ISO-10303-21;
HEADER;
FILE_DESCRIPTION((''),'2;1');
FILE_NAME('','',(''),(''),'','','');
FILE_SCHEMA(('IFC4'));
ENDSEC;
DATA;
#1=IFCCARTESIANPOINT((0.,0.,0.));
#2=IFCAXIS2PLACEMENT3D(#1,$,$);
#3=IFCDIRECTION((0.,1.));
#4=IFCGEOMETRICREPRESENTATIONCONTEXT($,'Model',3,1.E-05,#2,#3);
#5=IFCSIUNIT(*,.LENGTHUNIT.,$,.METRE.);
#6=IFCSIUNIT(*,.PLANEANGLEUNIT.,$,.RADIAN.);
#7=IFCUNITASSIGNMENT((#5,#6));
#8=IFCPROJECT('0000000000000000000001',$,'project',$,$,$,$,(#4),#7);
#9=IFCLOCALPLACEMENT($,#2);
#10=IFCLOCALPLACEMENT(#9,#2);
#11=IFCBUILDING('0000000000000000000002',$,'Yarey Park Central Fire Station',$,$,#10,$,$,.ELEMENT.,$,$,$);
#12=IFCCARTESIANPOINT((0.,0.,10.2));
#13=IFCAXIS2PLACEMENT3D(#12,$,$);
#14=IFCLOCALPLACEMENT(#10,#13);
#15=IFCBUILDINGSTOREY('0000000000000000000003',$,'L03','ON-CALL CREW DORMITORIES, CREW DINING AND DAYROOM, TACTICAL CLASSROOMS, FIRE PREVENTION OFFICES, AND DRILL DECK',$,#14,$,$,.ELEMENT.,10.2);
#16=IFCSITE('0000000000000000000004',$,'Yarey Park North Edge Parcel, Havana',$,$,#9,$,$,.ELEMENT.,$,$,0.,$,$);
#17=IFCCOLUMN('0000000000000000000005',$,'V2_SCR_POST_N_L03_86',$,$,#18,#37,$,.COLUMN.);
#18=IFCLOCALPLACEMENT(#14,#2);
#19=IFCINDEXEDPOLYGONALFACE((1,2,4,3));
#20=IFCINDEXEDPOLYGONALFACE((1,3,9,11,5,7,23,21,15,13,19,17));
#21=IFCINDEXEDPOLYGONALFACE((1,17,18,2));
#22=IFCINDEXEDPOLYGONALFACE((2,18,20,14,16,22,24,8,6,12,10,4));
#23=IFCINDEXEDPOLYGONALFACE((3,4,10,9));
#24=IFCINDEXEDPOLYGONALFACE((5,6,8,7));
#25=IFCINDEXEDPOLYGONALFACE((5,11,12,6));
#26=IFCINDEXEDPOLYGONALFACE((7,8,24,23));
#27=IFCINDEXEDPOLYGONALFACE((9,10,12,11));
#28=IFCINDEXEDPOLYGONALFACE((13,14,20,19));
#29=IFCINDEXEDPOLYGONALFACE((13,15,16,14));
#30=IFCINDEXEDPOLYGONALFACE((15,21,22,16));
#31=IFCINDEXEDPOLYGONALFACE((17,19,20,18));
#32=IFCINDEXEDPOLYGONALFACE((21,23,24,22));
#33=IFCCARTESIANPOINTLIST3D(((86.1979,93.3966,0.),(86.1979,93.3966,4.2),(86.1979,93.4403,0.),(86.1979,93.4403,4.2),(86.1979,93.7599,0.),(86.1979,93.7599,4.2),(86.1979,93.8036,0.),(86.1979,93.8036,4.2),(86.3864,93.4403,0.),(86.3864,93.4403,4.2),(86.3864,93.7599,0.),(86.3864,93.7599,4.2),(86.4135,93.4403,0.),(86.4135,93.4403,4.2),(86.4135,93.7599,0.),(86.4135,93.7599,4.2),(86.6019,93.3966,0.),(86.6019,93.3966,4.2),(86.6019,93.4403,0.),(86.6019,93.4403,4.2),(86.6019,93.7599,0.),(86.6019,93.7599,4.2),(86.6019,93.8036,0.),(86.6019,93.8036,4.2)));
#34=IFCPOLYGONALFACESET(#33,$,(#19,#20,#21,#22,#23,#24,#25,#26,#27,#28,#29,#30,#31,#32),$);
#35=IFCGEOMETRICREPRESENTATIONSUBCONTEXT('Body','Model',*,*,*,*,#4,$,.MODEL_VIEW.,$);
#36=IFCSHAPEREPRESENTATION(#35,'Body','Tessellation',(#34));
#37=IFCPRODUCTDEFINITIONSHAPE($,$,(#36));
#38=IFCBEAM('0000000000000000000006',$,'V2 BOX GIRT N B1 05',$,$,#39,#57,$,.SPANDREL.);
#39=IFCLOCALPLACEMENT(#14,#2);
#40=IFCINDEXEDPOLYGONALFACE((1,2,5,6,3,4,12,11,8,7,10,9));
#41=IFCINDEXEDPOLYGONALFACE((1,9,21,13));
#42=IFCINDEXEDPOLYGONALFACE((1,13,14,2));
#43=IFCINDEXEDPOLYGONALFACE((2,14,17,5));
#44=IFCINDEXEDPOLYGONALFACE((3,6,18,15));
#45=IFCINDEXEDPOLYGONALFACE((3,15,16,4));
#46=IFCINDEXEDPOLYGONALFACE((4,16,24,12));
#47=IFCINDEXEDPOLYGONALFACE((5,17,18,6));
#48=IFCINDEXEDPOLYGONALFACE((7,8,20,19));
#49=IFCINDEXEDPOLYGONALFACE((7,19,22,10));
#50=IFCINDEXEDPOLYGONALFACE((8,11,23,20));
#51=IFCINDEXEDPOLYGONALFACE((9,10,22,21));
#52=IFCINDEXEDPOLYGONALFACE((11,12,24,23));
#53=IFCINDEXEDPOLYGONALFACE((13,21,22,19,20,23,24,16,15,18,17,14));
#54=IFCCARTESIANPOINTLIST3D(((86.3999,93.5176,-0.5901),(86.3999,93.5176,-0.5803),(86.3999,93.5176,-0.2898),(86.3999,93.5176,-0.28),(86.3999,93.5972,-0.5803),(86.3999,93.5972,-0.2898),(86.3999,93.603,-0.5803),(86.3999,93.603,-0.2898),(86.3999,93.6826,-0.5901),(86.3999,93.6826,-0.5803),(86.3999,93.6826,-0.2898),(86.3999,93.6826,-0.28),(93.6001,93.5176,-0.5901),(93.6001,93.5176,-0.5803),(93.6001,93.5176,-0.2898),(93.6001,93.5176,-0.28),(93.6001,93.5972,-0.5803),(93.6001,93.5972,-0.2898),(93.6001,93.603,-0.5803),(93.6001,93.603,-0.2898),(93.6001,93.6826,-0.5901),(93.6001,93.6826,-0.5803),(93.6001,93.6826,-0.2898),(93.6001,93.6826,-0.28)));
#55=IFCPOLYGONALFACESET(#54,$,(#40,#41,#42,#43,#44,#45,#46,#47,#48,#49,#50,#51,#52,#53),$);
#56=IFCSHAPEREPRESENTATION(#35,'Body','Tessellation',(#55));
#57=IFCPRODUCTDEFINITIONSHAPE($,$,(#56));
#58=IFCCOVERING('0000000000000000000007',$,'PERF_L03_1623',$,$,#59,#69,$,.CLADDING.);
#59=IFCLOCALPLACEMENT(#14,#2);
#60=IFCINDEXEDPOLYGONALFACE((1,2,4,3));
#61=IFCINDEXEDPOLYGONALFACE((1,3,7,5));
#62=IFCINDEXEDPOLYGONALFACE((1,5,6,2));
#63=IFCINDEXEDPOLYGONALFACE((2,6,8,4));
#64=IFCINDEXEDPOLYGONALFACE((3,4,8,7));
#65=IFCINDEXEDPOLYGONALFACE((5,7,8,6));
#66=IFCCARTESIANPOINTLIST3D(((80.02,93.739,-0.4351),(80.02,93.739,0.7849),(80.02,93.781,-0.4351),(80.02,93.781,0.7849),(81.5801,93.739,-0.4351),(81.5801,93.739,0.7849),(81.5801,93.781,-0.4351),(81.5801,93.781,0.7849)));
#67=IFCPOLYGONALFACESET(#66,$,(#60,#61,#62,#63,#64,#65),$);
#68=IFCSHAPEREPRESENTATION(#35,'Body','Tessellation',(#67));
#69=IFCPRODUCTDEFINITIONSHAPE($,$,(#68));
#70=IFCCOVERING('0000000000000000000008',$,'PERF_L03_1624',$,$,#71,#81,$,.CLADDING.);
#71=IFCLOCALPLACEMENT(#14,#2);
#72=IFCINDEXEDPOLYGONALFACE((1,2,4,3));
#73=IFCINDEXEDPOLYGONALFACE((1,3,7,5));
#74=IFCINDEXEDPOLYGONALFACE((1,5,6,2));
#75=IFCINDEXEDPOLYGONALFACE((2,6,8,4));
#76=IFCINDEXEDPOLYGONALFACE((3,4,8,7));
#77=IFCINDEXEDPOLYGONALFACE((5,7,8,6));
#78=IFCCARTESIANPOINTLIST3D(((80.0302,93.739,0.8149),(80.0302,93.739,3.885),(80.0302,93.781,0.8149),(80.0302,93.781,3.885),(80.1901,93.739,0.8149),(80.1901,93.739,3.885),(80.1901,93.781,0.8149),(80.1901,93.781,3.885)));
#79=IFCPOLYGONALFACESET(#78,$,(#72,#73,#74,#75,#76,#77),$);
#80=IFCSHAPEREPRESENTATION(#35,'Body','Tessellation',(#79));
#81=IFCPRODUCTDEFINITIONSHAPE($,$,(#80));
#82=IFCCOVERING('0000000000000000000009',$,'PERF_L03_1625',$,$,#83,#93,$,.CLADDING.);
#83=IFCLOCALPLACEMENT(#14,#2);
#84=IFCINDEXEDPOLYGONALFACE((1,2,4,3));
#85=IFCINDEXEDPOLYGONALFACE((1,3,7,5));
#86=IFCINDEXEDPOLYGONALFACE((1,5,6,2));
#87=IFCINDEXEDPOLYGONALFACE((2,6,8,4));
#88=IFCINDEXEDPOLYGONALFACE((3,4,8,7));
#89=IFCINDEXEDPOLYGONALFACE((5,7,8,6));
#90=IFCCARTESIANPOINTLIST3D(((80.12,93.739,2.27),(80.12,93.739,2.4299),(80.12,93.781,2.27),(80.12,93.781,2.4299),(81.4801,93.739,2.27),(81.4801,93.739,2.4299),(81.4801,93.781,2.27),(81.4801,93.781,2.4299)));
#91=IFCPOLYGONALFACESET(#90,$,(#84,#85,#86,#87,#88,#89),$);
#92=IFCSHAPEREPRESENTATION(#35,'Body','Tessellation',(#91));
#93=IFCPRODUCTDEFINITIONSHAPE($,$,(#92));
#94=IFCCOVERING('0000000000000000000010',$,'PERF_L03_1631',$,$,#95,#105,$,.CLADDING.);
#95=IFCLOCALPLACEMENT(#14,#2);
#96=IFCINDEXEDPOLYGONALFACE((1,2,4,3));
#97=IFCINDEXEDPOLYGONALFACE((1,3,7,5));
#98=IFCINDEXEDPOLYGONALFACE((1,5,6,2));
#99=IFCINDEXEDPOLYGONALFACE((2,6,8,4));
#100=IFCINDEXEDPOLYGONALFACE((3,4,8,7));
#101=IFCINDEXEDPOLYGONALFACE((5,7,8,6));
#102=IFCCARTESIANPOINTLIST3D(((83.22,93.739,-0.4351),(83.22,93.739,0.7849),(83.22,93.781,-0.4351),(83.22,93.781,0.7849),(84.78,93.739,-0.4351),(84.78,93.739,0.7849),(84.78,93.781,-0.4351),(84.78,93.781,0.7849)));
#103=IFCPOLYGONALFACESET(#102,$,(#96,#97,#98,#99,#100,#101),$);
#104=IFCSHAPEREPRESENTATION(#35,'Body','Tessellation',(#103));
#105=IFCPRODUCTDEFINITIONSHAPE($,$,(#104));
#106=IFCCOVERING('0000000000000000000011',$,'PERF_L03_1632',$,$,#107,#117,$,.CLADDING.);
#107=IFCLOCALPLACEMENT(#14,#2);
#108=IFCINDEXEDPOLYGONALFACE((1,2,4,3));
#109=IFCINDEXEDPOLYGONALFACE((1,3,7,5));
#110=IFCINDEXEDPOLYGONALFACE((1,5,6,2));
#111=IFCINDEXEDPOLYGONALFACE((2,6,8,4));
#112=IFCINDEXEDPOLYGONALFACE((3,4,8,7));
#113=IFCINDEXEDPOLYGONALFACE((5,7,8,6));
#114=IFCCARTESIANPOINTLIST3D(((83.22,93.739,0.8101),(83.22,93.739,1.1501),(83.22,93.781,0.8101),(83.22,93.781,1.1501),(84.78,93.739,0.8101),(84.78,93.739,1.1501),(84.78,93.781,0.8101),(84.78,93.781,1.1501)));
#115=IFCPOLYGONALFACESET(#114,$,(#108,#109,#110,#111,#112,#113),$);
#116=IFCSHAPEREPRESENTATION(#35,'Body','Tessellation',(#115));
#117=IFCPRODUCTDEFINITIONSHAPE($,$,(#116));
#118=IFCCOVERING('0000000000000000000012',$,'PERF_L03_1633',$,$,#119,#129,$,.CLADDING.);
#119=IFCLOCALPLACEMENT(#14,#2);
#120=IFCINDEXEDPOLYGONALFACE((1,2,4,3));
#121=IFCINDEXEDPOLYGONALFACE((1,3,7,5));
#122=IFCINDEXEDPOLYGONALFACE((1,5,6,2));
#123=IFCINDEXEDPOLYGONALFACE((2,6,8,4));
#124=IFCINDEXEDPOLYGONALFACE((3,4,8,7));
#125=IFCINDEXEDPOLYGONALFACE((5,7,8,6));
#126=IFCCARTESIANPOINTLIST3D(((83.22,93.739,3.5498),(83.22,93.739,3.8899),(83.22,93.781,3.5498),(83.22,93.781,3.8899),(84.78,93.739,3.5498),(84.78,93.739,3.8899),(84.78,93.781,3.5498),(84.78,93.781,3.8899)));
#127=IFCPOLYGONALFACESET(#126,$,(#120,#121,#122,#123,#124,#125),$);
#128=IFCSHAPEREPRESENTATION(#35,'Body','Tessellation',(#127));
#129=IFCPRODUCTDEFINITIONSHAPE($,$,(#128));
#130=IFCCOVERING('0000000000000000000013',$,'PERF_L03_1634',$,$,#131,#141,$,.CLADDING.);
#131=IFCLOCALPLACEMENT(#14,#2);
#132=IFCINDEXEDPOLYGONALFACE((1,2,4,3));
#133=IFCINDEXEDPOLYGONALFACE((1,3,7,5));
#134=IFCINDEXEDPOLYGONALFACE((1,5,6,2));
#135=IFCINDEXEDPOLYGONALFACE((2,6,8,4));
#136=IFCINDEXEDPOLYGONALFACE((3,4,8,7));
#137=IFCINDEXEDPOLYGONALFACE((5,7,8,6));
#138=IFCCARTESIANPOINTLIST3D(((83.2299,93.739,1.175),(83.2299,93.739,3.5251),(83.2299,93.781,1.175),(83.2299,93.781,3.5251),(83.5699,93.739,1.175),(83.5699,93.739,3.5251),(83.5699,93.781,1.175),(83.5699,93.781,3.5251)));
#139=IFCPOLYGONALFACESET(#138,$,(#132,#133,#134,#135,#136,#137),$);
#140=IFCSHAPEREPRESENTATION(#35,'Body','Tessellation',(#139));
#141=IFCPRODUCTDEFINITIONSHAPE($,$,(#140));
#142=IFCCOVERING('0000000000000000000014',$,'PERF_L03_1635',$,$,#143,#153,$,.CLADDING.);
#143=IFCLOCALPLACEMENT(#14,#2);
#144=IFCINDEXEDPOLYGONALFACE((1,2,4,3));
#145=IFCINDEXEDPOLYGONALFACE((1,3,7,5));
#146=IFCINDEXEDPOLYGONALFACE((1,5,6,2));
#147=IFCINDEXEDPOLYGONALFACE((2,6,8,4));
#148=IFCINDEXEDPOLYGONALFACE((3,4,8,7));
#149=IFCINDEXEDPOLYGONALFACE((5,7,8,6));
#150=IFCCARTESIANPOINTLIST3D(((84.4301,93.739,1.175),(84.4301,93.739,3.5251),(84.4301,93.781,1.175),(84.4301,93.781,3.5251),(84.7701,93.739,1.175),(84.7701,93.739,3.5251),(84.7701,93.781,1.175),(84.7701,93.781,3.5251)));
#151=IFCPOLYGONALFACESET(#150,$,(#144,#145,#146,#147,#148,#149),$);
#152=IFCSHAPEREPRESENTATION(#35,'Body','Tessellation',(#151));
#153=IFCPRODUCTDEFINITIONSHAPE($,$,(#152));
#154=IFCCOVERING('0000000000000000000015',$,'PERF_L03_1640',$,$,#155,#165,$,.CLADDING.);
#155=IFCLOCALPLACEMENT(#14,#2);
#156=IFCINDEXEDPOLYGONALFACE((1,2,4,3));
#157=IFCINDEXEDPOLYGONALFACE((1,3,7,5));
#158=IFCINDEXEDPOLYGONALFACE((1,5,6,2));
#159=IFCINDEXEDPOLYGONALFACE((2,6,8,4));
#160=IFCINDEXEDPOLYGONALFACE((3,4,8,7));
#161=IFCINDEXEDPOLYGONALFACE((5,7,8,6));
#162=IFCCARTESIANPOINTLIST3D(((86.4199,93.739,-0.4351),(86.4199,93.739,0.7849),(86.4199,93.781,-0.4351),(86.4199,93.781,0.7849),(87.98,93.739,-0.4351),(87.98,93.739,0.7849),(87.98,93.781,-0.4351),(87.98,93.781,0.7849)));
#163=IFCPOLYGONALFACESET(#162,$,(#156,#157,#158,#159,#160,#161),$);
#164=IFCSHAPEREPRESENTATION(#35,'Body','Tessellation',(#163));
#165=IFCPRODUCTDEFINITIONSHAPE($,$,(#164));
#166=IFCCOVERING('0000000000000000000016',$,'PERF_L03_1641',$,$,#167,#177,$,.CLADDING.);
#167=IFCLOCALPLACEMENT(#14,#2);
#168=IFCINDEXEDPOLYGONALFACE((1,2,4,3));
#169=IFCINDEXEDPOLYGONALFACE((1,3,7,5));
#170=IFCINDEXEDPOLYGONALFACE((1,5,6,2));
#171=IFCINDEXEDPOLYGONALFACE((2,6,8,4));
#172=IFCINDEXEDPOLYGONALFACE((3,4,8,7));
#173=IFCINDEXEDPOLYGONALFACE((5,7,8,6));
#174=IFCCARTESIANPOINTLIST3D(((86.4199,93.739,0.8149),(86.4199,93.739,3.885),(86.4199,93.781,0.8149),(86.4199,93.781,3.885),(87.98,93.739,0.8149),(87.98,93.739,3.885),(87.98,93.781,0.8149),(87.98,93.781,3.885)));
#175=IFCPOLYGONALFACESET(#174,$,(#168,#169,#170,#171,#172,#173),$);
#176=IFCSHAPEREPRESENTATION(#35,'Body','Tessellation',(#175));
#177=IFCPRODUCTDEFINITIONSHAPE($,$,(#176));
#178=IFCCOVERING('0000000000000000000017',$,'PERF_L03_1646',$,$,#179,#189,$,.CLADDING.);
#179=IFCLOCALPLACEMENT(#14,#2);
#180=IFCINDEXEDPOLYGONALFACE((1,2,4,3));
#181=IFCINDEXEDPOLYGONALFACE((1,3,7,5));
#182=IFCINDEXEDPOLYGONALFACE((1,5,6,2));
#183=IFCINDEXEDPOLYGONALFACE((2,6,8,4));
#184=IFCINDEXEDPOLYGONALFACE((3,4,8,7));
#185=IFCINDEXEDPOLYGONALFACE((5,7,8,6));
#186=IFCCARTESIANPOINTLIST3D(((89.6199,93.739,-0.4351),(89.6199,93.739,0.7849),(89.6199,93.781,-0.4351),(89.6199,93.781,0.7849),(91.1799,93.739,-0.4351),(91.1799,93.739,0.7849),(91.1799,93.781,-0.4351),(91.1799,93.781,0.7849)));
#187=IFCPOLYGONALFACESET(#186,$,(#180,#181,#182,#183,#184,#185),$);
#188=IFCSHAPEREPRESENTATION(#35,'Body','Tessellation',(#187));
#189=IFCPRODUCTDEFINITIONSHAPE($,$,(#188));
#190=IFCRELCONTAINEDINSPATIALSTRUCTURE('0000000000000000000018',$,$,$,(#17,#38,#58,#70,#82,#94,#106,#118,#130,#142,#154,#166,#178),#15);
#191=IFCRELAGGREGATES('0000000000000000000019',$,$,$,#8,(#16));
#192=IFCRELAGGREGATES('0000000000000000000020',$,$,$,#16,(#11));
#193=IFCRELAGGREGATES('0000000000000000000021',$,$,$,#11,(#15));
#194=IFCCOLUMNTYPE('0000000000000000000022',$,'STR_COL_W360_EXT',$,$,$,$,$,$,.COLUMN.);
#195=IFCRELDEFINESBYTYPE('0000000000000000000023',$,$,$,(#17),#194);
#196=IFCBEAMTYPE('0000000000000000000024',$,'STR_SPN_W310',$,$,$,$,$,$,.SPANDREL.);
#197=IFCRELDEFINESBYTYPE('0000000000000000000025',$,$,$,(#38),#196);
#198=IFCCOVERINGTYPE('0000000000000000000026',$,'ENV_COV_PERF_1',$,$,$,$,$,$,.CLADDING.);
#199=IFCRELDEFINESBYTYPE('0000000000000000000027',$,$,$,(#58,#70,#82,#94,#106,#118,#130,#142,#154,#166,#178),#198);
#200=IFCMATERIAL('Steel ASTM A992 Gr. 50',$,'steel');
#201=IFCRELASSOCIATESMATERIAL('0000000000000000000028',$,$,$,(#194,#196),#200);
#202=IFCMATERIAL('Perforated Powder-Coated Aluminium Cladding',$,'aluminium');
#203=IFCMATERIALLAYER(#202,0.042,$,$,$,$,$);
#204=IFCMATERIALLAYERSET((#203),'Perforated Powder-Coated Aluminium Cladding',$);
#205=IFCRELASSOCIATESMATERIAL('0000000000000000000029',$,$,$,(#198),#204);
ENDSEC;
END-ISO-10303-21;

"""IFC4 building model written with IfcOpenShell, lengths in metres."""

from ifc_helpers import new_model, si_unit, direction, frame, origin, origin_2d, place, context, subcontext, project, spatial, rectangle, i_section, extrude, material, layer, layer_set, material_profile, profile_set, type_object, element, save


model = new_model("IFC4")

# Units and contexts
model_context = context("Model", 3, precision=1e-05, world=origin(), true_north=direction((0.0, 1.0)))
body_context = subcontext(model_context, "Body", "Model", "MODEL_VIEW")
ifc_project = project(units=[si_unit("LENGTHUNIT", "METRE"), si_unit("PLANEANGLEUNIT", "RADIAN")], contexts=[model_context])

# Site, building, storey
site_placement = place(None, origin())
site = spatial("IfcSite", under=ifc_project, at=site_placement, Name="Yarey Park North Edge Parcel, Havana", CompositionType="ELEMENT", RefElevation=0.0)
building_placement = place(site_placement, origin())
building = spatial("IfcBuilding", under=site, at=building_placement, Name="Yarey Park Central Fire Station", CompositionType="ELEMENT")
storey_placement = place(building_placement, frame((0.0, 0.0, 10.2)))
storey = spatial("IfcBuildingStorey", under=building, at=storey_placement, Name="L03", Description="ON-CALL CREW DORMITORIES, CREW DINING AND DAYROOM, TACTICAL CLASSROOMS, FIRE PREVENTION OFFICES, AND DRILL DECK", CompositionType="ELEMENT", Elevation=10.2)

# Column
ifc_material_1 = material(Name="Steel ASTM A992 Gr. 50", Category="steel")
ifc_material_profile_1 = material_profile(ifc_material_1, i_section(OverallWidth=0.4041, OverallDepth=0.407, WebThickness=0.0271, FlangeThickness=0.0437, at=origin_2d()), Name="W360x347")
ifc_profile_set_1 = profile_set([ifc_material_profile_1], Name="Steel ASTM A992 Gr. 50")
column_type = type_object("IfcColumnType", Name="STR_COL_W360_EXT", PredefinedType="COLUMN", material=ifc_profile_set_1)
column_placement = place(storey_placement, frame((86.3999, 93.6001, 0.0), z_axis=(0.0, 0.0, 1.0), x_axis=(1.0, 0.0, 0.0)))
element("IfcColumn", 1, at=column_placement, inside=storey, type_object=column_type, Name="V2_SCR_POST_N_L03_86", PredefinedType="COLUMN", context=body_context, shape_type="SweptSolid", body=[
    extrude(i_section(OverallWidth=0.4041, OverallDepth=0.407, WebThickness=0.0271, FlangeThickness=0.0437, at=origin_2d()), origin(), (0.0, 0.0, 1.0), 4.2),
])

# Beam
ifc_material_profile_2 = material_profile(ifc_material_1, i_section(OverallWidth=0.165, OverallDepth=0.3101, WebThickness=0.0059, FlangeThickness=0.0098, at=origin_2d()), Name="W310x39")
ifc_profile_set_2 = profile_set([ifc_material_profile_2], Name="Steel ASTM A992 Gr. 50")
beam_type = type_object("IfcBeamType", Name="STR_SPN_W310", PredefinedType="SPANDREL", material=ifc_profile_set_2)
beam_placement = place(storey_placement, frame((86.3999, 93.6001, -0.4351), z_axis=(1.0, 0.0, 0.0), x_axis=(0.0, 1.0, 0.0)))
element("IfcBeam", 2, at=beam_placement, inside=storey, type_object=beam_type, Name="V2 BOX GIRT N B1 05", PredefinedType="SPANDREL", context=body_context, shape_type="SweptSolid", body=[
    extrude(i_section(OverallWidth=0.165, OverallDepth=0.3101, WebThickness=0.0059, FlangeThickness=0.0098, at=origin_2d()), origin(), (0.0, 0.0, 1.0), 7.2002),
])

# Coverings
ifc_material_2 = material(Name="Perforated Powder-Coated Aluminium Cladding", Category="aluminium")
ifc_layer_1 = layer(ifc_material_2, 0.042)
ifc_layer_set_1 = layer_set([ifc_layer_1], Name="Perforated Powder-Coated Aluminium Cladding")
covering_type_1 = type_object("IfcCoveringType", Name="ENV_COV_PERF_1", PredefinedType="CLADDING", material=ifc_layer_set_1)
covering_1_placement = place(storey_placement, frame((80.8, 93.76, -0.4351), z_axis=(0.0, 0.0, 1.0), x_axis=(1.0, 0.0, 0.0)))
element("IfcCovering", 3, at=covering_1_placement, inside=storey, type_object=covering_type_1, Name="PERF_L03_1623", PredefinedType="CLADDING", context=body_context, shape_type="SweptSolid", body=[
    extrude(rectangle(XDim=1.5601, YDim=0.042, at=origin_2d()), origin(), (0.0, 0.0, 1.0), 1.22),
])
covering_2_placement = place(storey_placement, frame((80.1101, 93.76, 0.8149), z_axis=(0.0, 0.0, 1.0), x_axis=(1.0, 0.0, 0.0)))
element("IfcCovering", 4, at=covering_2_placement, inside=storey, type_object=covering_type_1, Name="PERF_L03_1624", PredefinedType="CLADDING", context=body_context, shape_type="SweptSolid", body=[
    extrude(rectangle(XDim=0.1599, YDim=0.042, at=origin_2d()), origin(), (0.0, 0.0, 1.0), 3.0701),
])
covering_3_placement = place(storey_placement, frame((80.8, 93.76, 2.27), z_axis=(0.0, 0.0, 1.0), x_axis=(1.0, 0.0, 0.0)))
element("IfcCovering", 5, at=covering_3_placement, inside=storey, type_object=covering_type_1, Name="PERF_L03_1625", PredefinedType="CLADDING", context=body_context, shape_type="SweptSolid", body=[
    extrude(rectangle(XDim=1.3601, YDim=0.042, at=origin_2d()), origin(), (0.0, 0.0, 1.0), 0.1599),
])
covering_4_placement = place(storey_placement, frame((84.0, 93.76, -0.4351), z_axis=(0.0, 0.0, 1.0), x_axis=(1.0, 0.0, 0.0)))
element("IfcCovering", 6, at=covering_4_placement, inside=storey, type_object=covering_type_1, Name="PERF_L03_1631", PredefinedType="CLADDING", context=body_context, shape_type="SweptSolid", body=[
    extrude(rectangle(XDim=1.5601, YDim=0.042, at=origin_2d()), origin(), (0.0, 0.0, 1.0), 1.22),
])
for number, where, z_axis, x_axis, name in (
    (7, (84.0, 93.76, 0.8101), (0.0, 0.0, 1.0), (1.0, 0.0, 0.0), "PERF_L03_1632"),
    (8, (84.0, 93.76, 3.5498), (0.0, 0.0, 1.0), (1.0, 0.0, 0.0), "PERF_L03_1633"),
):
    element("IfcCovering", number, at=place(storey_placement, frame(where, z_axis=z_axis, x_axis=x_axis)), inside=storey, type_object=covering_type_1, Name=name, PredefinedType="CLADDING", context=body_context, shape_type="SweptSolid", body=[
        extrude(rectangle(XDim=1.5601, YDim=0.042, at=origin_2d()), origin(), (0.0, 0.0, 1.0), 0.3401),
    ])
for number, where, z_axis, x_axis, name in (
    (9, (83.3999, 93.76, 1.175), (0.0, 0.0, 1.0), (1.0, 0.0, 0.0), "PERF_L03_1634"),
    (10, (84.6001, 93.76, 1.175), (0.0, 0.0, 1.0), (1.0, 0.0, 0.0), "PERF_L03_1635"),
):
    element("IfcCovering", number, at=place(storey_placement, frame(where, z_axis=z_axis, x_axis=x_axis)), inside=storey, type_object=covering_type_1, Name=name, PredefinedType="CLADDING", context=body_context, shape_type="SweptSolid", body=[
        extrude(rectangle(XDim=0.3401, YDim=0.042, at=origin_2d()), origin(), (0.0, 0.0, 1.0), 2.3501),
    ])
covering_5_placement = place(storey_placement, frame((87.2, 93.76, -0.4351), z_axis=(0.0, 0.0, 1.0), x_axis=(1.0, 0.0, 0.0)))
element("IfcCovering", 11, at=covering_5_placement, inside=storey, type_object=covering_type_1, Name="PERF_L03_1640", PredefinedType="CLADDING", context=body_context, shape_type="SweptSolid", body=[
    extrude(rectangle(XDim=1.5601, YDim=0.042, at=origin_2d()), origin(), (0.0, 0.0, 1.0), 1.22),
])
covering_6_placement = place(storey_placement, frame((87.2, 93.76, 0.8149), z_axis=(0.0, 0.0, 1.0), x_axis=(1.0, 0.0, 0.0)))
element("IfcCovering", 12, at=covering_6_placement, inside=storey, type_object=covering_type_1, Name="PERF_L03_1641", PredefinedType="CLADDING", context=body_context, shape_type="SweptSolid", body=[
    extrude(rectangle(XDim=1.5601, YDim=0.042, at=origin_2d()), origin(), (0.0, 0.0, 1.0), 3.0701),
])
covering_7_placement = place(storey_placement, frame((90.3999, 93.76, -0.4351), z_axis=(0.0, 0.0, 1.0), x_axis=(1.0, 0.0, 0.0)))
element("IfcCovering", 13, at=covering_7_placement, inside=storey, type_object=covering_type_1, Name="PERF_L03_1646", PredefinedType="CLADDING", context=body_context, shape_type="SweptSolid", body=[
    extrude(rectangle(XDim=1.5601, YDim=0.042, at=origin_2d()), origin(), (0.0, 0.0, 1.0), 1.22),
])

save(model, "model.ifc")
